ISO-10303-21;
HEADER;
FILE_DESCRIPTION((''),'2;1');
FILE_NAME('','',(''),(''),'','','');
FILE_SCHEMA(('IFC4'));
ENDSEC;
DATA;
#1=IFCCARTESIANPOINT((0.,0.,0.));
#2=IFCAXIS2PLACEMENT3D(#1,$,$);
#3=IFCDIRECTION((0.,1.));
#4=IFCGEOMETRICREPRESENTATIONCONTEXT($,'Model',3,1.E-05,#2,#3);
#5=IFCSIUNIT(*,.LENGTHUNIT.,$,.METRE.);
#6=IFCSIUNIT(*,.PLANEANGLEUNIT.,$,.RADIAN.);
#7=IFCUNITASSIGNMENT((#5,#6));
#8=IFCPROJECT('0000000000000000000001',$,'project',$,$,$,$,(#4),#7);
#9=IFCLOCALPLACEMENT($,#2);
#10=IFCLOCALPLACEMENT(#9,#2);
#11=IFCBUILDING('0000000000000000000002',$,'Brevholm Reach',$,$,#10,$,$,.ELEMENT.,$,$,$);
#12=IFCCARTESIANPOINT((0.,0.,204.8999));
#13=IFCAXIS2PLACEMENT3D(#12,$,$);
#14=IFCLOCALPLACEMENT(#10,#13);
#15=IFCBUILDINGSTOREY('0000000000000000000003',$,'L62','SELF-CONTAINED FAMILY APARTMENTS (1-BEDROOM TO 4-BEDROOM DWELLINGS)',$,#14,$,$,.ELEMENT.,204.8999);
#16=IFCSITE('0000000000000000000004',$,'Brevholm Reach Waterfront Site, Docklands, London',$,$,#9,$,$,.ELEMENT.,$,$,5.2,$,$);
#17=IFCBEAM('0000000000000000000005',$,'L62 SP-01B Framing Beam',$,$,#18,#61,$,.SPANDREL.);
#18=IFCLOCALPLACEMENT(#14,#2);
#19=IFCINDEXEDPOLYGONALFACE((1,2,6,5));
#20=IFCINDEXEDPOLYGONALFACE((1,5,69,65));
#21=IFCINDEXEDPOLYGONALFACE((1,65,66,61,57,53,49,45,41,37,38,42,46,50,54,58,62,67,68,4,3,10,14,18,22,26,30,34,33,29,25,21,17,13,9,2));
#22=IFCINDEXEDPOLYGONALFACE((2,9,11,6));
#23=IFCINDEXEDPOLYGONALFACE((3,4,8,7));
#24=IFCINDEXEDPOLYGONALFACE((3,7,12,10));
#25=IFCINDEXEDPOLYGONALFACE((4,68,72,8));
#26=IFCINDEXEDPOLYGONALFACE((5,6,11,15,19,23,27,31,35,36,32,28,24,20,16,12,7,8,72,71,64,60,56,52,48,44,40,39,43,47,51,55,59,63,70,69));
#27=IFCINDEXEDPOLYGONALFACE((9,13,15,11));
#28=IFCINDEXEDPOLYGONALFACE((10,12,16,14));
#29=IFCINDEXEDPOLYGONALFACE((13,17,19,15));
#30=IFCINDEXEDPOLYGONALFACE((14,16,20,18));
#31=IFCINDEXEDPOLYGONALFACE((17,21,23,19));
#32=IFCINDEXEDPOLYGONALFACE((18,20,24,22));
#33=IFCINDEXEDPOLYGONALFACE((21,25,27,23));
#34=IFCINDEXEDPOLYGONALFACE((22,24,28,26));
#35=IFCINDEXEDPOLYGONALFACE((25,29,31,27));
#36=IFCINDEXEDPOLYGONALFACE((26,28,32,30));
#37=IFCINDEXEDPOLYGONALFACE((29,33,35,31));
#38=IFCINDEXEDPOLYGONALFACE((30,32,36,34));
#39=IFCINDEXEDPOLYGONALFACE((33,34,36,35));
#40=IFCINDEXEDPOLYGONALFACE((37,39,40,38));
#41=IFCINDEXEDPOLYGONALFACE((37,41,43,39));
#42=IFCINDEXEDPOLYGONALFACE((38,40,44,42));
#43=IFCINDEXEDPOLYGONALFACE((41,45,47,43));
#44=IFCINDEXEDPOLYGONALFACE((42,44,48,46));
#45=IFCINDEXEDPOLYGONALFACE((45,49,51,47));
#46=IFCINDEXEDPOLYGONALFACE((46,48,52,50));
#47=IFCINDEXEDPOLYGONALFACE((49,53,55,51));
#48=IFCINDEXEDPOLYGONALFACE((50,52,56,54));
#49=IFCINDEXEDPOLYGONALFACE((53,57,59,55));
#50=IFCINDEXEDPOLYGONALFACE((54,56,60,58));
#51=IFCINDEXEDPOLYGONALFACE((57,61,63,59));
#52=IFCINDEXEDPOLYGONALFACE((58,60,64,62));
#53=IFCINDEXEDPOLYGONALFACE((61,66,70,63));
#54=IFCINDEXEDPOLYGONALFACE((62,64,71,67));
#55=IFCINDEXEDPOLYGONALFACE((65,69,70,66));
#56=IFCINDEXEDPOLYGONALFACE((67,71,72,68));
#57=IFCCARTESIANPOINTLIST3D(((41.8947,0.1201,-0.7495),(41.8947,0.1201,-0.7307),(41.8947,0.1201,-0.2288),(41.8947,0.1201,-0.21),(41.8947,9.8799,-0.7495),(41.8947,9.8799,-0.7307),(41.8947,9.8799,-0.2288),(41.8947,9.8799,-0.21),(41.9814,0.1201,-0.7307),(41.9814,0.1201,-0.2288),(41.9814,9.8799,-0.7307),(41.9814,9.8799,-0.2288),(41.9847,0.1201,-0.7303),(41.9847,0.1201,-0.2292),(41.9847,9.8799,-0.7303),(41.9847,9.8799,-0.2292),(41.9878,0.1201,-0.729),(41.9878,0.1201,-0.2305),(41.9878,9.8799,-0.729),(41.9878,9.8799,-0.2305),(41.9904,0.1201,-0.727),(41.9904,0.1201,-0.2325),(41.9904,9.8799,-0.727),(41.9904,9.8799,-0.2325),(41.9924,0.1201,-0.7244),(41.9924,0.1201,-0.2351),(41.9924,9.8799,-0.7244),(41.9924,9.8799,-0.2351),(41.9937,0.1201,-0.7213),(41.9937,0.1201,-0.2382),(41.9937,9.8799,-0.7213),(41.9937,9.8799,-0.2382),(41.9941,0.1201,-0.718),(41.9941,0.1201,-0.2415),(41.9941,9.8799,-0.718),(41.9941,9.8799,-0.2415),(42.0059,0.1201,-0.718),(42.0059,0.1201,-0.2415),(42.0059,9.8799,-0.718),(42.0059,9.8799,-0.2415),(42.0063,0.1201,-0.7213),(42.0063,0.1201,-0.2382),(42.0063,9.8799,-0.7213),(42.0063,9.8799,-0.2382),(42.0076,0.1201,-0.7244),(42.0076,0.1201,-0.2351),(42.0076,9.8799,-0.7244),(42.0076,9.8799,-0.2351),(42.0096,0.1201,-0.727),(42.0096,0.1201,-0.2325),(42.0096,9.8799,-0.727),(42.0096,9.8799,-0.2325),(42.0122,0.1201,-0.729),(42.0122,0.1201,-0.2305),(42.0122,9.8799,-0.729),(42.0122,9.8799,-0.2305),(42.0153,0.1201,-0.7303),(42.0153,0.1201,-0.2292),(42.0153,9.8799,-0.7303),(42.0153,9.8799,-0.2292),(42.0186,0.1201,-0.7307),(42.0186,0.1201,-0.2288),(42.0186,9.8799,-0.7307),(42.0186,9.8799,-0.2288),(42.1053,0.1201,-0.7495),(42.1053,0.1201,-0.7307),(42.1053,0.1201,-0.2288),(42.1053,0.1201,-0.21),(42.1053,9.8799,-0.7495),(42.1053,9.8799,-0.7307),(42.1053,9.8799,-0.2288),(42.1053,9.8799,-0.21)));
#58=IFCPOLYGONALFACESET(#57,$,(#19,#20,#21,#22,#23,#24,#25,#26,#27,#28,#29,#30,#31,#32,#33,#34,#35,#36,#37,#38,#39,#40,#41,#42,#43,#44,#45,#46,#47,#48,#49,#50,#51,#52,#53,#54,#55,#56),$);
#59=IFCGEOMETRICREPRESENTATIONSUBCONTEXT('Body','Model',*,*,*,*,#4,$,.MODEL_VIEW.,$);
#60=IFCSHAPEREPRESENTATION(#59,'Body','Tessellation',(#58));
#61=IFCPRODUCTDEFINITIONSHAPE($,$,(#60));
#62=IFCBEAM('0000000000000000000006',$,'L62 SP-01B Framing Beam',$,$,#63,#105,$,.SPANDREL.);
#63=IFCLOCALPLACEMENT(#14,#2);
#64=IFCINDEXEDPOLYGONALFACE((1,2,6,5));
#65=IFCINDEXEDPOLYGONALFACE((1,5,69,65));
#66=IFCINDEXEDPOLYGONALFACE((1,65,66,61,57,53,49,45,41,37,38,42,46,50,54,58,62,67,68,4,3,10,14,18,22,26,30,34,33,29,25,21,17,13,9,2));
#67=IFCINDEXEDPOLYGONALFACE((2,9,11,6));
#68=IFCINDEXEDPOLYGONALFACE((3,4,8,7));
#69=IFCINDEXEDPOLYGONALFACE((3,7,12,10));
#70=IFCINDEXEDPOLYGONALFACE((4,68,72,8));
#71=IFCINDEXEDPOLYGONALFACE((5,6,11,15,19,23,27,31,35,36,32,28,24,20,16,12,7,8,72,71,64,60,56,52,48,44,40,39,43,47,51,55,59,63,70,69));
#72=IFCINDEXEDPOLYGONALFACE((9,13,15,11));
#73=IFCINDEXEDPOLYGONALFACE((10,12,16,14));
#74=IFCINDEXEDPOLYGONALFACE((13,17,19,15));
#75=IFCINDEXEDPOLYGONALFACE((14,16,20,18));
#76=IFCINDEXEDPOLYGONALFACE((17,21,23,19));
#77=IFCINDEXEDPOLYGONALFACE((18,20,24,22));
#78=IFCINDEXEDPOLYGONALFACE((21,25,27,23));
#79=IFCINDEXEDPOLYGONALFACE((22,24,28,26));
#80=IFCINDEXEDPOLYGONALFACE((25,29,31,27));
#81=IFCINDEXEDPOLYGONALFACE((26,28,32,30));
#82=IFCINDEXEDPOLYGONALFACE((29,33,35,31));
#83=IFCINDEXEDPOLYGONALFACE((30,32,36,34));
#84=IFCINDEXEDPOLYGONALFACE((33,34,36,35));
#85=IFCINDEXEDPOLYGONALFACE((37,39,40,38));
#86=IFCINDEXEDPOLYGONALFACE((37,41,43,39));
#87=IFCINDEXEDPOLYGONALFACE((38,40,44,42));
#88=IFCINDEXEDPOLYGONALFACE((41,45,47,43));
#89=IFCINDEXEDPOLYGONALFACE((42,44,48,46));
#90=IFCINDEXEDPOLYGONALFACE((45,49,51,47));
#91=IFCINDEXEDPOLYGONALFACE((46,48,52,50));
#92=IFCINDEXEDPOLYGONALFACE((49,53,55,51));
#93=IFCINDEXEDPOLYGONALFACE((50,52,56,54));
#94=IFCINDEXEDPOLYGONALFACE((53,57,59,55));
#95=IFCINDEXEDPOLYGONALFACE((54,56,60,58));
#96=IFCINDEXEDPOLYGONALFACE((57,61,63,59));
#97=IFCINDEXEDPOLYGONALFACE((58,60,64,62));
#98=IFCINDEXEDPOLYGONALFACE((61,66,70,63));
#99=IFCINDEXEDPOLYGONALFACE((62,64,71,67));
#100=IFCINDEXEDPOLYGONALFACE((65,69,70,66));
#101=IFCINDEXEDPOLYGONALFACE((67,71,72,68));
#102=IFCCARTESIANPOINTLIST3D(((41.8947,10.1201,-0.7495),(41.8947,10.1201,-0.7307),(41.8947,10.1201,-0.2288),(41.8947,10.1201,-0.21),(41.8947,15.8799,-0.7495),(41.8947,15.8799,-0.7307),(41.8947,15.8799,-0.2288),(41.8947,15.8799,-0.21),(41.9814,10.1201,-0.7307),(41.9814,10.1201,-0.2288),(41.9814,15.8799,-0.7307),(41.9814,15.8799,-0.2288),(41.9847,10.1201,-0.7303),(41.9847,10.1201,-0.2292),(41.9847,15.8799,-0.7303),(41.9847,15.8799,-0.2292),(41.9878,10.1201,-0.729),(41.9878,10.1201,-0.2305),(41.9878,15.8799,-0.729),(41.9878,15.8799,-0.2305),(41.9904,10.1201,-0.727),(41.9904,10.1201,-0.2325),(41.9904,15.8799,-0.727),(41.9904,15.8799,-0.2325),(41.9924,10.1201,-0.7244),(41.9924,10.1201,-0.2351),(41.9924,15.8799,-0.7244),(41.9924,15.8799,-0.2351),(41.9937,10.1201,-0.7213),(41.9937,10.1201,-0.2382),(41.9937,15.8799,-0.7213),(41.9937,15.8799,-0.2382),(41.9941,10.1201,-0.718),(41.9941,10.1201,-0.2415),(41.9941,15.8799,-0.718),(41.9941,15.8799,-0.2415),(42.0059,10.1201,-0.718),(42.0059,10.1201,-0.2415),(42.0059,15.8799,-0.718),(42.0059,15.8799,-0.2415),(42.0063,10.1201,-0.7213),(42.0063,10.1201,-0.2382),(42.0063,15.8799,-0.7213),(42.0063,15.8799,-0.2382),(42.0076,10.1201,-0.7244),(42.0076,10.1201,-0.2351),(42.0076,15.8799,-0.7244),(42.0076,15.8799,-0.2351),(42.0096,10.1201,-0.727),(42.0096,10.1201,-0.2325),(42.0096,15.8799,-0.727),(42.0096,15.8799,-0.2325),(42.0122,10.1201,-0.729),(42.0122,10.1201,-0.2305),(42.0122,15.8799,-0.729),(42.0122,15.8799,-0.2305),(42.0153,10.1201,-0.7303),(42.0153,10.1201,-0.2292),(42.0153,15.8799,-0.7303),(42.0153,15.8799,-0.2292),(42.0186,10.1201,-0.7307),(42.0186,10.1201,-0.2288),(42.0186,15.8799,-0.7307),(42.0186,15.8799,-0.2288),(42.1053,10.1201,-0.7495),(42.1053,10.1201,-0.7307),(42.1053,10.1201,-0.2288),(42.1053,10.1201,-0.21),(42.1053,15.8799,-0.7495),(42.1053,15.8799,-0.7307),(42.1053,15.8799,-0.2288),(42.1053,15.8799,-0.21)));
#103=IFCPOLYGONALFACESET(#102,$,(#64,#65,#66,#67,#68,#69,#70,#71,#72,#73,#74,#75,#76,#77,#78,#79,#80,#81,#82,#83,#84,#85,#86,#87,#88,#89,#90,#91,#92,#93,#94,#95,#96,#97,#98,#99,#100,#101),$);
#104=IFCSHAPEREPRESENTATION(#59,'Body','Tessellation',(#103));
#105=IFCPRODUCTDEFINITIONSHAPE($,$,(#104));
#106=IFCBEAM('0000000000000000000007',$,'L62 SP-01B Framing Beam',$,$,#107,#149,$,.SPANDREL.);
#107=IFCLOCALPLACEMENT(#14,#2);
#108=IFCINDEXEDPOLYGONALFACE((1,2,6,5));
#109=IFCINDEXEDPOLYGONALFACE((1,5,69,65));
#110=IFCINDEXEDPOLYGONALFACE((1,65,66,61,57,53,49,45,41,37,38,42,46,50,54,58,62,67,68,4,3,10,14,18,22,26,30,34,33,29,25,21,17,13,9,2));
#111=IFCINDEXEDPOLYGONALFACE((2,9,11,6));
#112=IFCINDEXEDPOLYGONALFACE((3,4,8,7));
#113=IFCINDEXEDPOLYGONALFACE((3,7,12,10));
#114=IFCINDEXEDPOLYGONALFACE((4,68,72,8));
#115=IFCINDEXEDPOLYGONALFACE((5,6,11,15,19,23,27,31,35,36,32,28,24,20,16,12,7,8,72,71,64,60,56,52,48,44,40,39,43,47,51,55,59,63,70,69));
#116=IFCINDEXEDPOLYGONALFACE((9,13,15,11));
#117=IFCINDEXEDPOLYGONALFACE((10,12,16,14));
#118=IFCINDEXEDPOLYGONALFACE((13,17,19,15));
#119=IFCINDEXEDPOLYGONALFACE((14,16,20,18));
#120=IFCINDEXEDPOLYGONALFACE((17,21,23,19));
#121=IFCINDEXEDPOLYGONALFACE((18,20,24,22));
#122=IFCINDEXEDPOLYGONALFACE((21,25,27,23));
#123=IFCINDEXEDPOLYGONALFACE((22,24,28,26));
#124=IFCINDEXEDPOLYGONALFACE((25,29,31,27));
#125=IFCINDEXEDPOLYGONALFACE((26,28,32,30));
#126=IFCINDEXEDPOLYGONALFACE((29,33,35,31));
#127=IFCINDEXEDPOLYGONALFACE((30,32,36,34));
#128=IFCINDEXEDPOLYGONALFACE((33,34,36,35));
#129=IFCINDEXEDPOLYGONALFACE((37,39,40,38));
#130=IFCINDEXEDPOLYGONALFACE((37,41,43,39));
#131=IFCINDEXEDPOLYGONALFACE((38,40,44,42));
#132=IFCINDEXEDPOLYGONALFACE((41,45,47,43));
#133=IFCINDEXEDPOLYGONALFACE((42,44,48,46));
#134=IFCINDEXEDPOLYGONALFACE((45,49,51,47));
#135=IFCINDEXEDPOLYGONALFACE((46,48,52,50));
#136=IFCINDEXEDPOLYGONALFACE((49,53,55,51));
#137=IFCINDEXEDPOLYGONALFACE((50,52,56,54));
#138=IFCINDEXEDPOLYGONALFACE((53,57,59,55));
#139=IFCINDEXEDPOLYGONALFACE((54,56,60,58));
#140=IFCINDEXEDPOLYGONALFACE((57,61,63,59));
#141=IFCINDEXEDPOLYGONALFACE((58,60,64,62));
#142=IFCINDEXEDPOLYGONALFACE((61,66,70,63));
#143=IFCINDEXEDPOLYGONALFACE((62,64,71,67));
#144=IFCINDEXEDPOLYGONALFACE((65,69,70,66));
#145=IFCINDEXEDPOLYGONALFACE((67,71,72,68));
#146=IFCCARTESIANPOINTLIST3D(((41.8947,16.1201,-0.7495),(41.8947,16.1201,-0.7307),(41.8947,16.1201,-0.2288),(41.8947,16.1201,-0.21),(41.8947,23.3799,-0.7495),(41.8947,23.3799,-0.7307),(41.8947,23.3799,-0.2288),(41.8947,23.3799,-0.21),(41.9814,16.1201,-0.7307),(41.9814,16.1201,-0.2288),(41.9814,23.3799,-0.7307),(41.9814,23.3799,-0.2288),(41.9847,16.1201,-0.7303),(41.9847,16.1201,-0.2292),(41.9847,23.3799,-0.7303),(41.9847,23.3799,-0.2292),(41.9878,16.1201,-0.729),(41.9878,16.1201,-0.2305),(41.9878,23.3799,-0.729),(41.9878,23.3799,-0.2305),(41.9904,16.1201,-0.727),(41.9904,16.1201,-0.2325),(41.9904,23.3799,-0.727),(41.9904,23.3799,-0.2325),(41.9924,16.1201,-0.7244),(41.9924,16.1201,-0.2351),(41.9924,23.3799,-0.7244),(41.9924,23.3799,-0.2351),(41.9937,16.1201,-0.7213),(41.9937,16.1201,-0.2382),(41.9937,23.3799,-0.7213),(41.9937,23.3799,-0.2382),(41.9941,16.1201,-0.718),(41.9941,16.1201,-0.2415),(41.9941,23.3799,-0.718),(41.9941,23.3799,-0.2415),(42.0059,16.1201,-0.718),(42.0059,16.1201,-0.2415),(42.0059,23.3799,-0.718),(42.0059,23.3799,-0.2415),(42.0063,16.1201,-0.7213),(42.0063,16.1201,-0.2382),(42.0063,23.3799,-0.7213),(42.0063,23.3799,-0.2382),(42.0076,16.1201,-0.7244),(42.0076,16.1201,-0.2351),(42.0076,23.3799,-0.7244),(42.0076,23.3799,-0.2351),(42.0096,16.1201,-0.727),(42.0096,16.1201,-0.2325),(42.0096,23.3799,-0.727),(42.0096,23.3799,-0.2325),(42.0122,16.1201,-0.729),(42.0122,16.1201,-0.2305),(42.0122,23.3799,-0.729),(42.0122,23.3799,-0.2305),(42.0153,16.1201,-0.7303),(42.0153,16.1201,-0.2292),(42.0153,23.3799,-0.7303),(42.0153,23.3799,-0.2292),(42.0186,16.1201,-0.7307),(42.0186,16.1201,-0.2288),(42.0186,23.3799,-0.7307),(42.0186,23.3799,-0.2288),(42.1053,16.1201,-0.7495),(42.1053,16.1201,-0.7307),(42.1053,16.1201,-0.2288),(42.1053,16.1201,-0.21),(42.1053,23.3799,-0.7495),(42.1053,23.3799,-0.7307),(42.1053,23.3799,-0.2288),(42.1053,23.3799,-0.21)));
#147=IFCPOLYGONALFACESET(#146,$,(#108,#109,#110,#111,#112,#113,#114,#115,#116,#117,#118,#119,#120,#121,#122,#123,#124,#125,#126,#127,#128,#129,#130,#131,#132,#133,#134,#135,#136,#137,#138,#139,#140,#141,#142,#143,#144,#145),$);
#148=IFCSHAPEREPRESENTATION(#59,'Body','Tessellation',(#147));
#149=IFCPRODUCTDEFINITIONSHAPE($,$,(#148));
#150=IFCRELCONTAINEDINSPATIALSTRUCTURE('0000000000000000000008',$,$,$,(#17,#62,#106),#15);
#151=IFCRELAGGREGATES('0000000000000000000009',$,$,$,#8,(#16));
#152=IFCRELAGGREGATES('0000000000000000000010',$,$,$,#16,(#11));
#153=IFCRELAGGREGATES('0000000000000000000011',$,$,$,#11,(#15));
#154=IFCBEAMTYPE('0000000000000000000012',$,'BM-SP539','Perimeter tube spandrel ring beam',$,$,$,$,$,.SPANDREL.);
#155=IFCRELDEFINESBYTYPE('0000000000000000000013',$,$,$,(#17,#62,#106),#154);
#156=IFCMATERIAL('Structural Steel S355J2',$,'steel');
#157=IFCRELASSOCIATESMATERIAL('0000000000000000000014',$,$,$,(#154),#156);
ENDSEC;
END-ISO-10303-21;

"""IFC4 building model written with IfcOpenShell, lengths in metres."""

from ifc_helpers import new_model, si_unit, direction, frame, origin, origin_2d, place, context, subcontext, project, spatial, i_section, extrude, material, material_profile, profile_set, type_object, element, save


model = new_model("IFC4")

# Units and contexts
model_context = context("Model", 3, precision=1e-05, world=origin(), true_north=direction((0.0, 1.0)))
body_context = subcontext(model_context, "Body", "Model", "MODEL_VIEW")
ifc_project = project(units=[si_unit("LENGTHUNIT", "METRE"), si_unit("PLANEANGLEUNIT", "RADIAN")], contexts=[model_context])

# Site, building, storey
site_placement = place(None, origin())
site = spatial("IfcSite", under=ifc_project, at=site_placement, Name="Brevholm Reach Waterfront Site, Docklands, London", CompositionType="ELEMENT", RefElevation=5.2)
building_placement = place(site_placement, origin())
building = spatial("IfcBuilding", under=site, at=building_placement, Name="Brevholm Reach", CompositionType="ELEMENT")
storey_placement = place(building_placement, frame((0.0, 0.0, 204.8999)))
storey = spatial("IfcBuildingStorey", under=building, at=storey_placement, Name="L62", Description="SELF-CONTAINED FAMILY APARTMENTS (1-BEDROOM TO 4-BEDROOM DWELLINGS)", CompositionType="ELEMENT", Elevation=204.8999)

# Beams
ifc_material_1 = material(Name="Structural Steel S355J2", Category="steel")
ifc_material_profile_1 = material_profile(ifc_material_1, i_section(OverallWidth=0.2107, OverallDepth=0.5396, WebThickness=0.0117, FlangeThickness=0.0188, FilletRadius=0.0127, at=origin_2d()), Name="UKB 533x210x109")
ifc_profile_set_1 = profile_set([ifc_material_profile_1], Name="Structural Steel S355J2")
beam_type_1 = type_object("IfcBeamType", Name="BM-SP539", Description="Perimeter tube spandrel ring beam", PredefinedType="SPANDREL", material=ifc_profile_set_1)
beam_1_placement = place(storey_placement, frame((42.0, 0.1201, -0.4797), z_axis=(0.0, 1.0, 0.0), x_axis=(-1.0, 0.0, 0.0)))
element("IfcBeam", 1, at=beam_1_placement, inside=storey, type_object=beam_type_1, Name="L62 SP-01B Framing Beam", PredefinedType="SPANDREL", context=body_context, shape_type="SweptSolid", body=[
    extrude(i_section(OverallWidth=0.2107, OverallDepth=0.5396, WebThickness=0.0117, FlangeThickness=0.0188, FilletRadius=0.0127, at=origin_2d()), origin(), (0.0, 0.0, 1.0), 9.7598),
])
beam_2_placement = place(storey_placement, frame((42.0, 10.1201, -0.4797), z_axis=(0.0, 1.0, 0.0), x_axis=(-1.0, 0.0, 0.0)))
element("IfcBeam", 2, at=beam_2_placement, inside=storey, type_object=beam_type_1, Name="L62 SP-01B Framing Beam", PredefinedType="SPANDREL", context=body_context, shape_type="SweptSolid", body=[
    extrude(i_section(OverallWidth=0.2107, OverallDepth=0.5396, WebThickness=0.0117, FlangeThickness=0.0188, FilletRadius=0.0127, at=origin_2d()), origin(), (0.0, 0.0, 1.0), 5.7598),
])
beam_3_placement = place(storey_placement, frame((42.0, 16.1201, -0.4797), z_axis=(0.0, 1.0, 0.0), x_axis=(-1.0, 0.0, 0.0)))
element("IfcBeam", 3, at=beam_3_placement, inside=storey, type_object=beam_type_1, Name="L62 SP-01B Framing Beam", PredefinedType="SPANDREL", context=body_context, shape_type="SweptSolid", body=[
    extrude(i_section(OverallWidth=0.2107, OverallDepth=0.5396, WebThickness=0.0117, FlangeThickness=0.0188, FilletRadius=0.0127, at=origin_2d()), origin(), (0.0, 0.0, 1.0), 7.2598),
])

save(model, "model.ifc")
